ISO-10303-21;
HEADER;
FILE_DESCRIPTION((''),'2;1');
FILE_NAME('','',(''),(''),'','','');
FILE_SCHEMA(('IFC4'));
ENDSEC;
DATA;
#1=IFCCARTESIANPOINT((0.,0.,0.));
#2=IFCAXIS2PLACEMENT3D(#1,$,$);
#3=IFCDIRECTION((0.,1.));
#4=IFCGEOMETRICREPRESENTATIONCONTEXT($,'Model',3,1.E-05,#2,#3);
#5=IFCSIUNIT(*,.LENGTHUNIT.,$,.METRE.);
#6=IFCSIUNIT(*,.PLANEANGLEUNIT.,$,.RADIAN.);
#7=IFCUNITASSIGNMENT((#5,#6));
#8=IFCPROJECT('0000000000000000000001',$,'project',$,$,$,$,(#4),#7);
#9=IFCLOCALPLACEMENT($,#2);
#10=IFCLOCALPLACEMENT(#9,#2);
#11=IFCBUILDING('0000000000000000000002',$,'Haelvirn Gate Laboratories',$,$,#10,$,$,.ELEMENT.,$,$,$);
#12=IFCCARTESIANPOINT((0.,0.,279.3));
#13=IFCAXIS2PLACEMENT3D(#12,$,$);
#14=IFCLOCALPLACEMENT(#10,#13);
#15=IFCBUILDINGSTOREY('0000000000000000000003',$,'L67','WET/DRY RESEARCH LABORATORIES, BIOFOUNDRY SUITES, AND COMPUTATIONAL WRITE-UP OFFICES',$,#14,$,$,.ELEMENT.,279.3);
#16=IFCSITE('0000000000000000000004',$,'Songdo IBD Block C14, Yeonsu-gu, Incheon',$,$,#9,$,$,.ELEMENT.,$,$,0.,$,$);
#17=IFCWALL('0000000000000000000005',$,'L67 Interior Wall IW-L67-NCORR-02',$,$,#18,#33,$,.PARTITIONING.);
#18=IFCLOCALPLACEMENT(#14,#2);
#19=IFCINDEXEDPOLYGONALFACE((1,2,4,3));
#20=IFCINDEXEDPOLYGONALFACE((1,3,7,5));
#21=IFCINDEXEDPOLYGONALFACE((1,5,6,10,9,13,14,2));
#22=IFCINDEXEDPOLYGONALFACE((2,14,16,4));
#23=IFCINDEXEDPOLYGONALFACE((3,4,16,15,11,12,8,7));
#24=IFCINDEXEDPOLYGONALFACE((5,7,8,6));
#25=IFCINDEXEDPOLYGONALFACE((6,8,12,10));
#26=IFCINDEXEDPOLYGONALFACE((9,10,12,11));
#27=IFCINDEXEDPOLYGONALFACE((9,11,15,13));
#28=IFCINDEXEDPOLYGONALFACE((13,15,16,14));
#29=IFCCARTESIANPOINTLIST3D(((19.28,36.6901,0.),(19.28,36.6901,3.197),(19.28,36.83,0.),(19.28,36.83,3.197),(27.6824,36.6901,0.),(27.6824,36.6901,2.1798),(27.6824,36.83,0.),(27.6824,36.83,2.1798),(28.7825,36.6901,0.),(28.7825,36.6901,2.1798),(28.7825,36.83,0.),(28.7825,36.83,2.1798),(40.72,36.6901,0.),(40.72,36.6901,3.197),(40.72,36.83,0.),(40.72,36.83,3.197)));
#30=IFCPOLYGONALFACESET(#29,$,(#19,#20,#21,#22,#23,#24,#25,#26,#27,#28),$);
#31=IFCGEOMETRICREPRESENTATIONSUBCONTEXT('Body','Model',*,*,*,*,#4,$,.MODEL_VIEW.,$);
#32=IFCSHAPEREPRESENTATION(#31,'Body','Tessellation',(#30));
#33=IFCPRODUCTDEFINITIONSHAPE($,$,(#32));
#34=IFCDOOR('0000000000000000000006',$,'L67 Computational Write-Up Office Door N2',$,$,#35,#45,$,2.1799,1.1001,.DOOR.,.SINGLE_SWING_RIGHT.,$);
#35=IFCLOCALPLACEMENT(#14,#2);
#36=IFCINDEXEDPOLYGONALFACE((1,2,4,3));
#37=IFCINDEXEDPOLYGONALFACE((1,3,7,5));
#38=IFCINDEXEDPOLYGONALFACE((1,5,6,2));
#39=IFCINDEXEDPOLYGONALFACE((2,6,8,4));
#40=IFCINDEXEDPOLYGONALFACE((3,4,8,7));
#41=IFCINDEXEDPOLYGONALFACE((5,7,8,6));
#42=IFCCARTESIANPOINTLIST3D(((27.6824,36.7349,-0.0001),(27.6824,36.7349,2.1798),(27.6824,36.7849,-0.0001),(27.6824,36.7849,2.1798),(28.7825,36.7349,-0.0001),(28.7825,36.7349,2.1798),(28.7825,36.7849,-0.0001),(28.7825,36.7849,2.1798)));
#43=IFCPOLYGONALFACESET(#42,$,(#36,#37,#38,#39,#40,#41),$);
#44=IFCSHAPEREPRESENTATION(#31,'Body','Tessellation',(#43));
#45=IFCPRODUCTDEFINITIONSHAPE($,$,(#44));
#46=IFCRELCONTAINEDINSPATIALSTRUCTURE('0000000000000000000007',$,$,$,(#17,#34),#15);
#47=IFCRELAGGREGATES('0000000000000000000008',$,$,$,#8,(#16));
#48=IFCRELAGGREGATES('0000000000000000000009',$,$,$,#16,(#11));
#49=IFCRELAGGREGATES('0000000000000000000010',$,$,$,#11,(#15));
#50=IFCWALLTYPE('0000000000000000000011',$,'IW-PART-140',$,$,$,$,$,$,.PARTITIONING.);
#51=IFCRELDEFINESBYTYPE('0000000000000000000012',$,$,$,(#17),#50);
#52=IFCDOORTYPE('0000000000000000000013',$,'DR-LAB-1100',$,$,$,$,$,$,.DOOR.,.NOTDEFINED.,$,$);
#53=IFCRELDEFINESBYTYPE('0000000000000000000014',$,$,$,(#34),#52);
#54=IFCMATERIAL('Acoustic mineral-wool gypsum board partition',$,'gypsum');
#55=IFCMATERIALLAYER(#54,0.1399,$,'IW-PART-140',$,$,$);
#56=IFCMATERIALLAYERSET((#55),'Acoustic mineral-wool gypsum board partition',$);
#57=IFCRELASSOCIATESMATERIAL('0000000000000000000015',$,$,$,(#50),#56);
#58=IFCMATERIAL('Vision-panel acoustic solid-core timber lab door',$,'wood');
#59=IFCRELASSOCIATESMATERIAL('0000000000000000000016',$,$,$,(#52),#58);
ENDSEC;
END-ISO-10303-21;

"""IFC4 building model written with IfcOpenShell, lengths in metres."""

from ifc_helpers import new_model, si_unit, direction, frame, frame_2d, origin, place, context, subcontext, project, spatial, rectangle, extrude, source, transform, mapped, material, layer, layer_set, type_object, type_shapes, element, fill, save


model = new_model("IFC4")

# Units and contexts
model_context = context("Model", 3, precision=1e-05, world=origin(), true_north=direction((0.0, 1.0)))
body_context = subcontext(model_context, "Body", "Model", "MODEL_VIEW")
ifc_project = project(units=[si_unit("LENGTHUNIT", "METRE"), si_unit("PLANEANGLEUNIT", "RADIAN")], contexts=[model_context])

# Site, building, storey
site_placement = place(None, origin())
site = spatial("IfcSite", under=ifc_project, at=site_placement, Name="Songdo IBD Block C14, Yeonsu-gu, Incheon", CompositionType="ELEMENT", RefElevation=0.0)
building_placement = place(site_placement, origin())
building = spatial("IfcBuilding", under=site, at=building_placement, Name="Haelvirn Gate Laboratories", CompositionType="ELEMENT")
storey_placement = place(building_placement, frame((0.0, 0.0, 279.3)))
storey = spatial("IfcBuildingStorey", under=building, at=storey_placement, Name="L67", Description="WET/DRY RESEARCH LABORATORIES, BIOFOUNDRY SUITES, AND COMPUTATIONAL WRITE-UP OFFICES", CompositionType="ELEMENT", Elevation=279.3)

# Wall, opening, door
ifc_material_1 = material(Name="Acoustic mineral-wool gypsum board partition", Category="gypsum")
ifc_layer_1 = layer(ifc_material_1, 0.1399, Name="IW-PART-140")
ifc_layer_set_1 = layer_set([ifc_layer_1], Name="Acoustic mineral-wool gypsum board partition")
wall_type_1 = type_object("IfcWallType", Name="IW-PART-140", PredefinedType="PARTITIONING", material=ifc_layer_set_1)
wall_1_placement = place(storey_placement, frame((19.28, 36.76, 0.0), z_axis=(0.0, 0.0, 1.0), x_axis=(1.0, 0.0, 0.0)))
wall_1 = element("IfcWall", 1, at=wall_1_placement, inside=storey, type_object=wall_type_1, Name="L67 Interior Wall IW-L67-NCORR-02", PredefinedType="PARTITIONING", context=body_context, shape_type="SweptSolid", body=[
    extrude(rectangle(XDim=21.4399, YDim=0.1399, at=frame_2d((10.72, 0.0))), origin(), (0.0, 0.0, 1.0), 3.197),
])
opening_placement = place(wall_1_placement, frame((8.4023, 0.0, 0.0)))
opening = element("IfcOpeningElement", 2, at=opening_placement, cuts=wall_1, PredefinedType="OPENING", context=body_context, shape_type="SweptSolid", body=[
    extrude(rectangle(XDim=1.1001, YDim=2.1799, at=frame_2d((0.55, 1.0898))), frame((0.0, 0.0801, 0.0), z_axis=(0.0, -1.0, 0.0), x_axis=(1.0, 0.0, 0.0)), (0.0, 0.0, 1.0), 0.1599),
])
ifc_material_2 = material(Name="Vision-panel acoustic solid-core timber lab door", Category="wood")
door_type = type_object("IfcDoorType", Name="DR-LAB-1100", OperationType="NOTDEFINED", PredefinedType="DOOR", material=ifc_material_2)
shared_shape_1 = source(origin(), body_context, "Body", "SweptSolid", [
    extrude(rectangle(XDim=1.1001, YDim=2.1799, at=frame_2d((0.55, 1.0898))), frame((0.0, 0.0249, 0.0), z_axis=(0.0, -1.0, 0.0), x_axis=(1.0, 0.0, 0.0)), (0.0, 0.0, 1.0), 0.05),
])
type_shapes(door_type, [shared_shape_1])
door_placement = place(opening_placement, origin())
door = element("IfcDoor", 3, at=door_placement, inside=storey, type_object=door_type, Name="L67 Computational Write-Up Office Door N2", OperationType="SINGLE_SWING_RIGHT", OverallHeight=2.1799, OverallWidth=1.1001, PredefinedType="DOOR", context=body_context, shape_type="MappedRepresentation", body=[
    mapped(shared_shape_1, transform((0.0, 0.0, 0.0), scale=1.0)),
])
fill(opening, door)

save(model, "model.ifc")
